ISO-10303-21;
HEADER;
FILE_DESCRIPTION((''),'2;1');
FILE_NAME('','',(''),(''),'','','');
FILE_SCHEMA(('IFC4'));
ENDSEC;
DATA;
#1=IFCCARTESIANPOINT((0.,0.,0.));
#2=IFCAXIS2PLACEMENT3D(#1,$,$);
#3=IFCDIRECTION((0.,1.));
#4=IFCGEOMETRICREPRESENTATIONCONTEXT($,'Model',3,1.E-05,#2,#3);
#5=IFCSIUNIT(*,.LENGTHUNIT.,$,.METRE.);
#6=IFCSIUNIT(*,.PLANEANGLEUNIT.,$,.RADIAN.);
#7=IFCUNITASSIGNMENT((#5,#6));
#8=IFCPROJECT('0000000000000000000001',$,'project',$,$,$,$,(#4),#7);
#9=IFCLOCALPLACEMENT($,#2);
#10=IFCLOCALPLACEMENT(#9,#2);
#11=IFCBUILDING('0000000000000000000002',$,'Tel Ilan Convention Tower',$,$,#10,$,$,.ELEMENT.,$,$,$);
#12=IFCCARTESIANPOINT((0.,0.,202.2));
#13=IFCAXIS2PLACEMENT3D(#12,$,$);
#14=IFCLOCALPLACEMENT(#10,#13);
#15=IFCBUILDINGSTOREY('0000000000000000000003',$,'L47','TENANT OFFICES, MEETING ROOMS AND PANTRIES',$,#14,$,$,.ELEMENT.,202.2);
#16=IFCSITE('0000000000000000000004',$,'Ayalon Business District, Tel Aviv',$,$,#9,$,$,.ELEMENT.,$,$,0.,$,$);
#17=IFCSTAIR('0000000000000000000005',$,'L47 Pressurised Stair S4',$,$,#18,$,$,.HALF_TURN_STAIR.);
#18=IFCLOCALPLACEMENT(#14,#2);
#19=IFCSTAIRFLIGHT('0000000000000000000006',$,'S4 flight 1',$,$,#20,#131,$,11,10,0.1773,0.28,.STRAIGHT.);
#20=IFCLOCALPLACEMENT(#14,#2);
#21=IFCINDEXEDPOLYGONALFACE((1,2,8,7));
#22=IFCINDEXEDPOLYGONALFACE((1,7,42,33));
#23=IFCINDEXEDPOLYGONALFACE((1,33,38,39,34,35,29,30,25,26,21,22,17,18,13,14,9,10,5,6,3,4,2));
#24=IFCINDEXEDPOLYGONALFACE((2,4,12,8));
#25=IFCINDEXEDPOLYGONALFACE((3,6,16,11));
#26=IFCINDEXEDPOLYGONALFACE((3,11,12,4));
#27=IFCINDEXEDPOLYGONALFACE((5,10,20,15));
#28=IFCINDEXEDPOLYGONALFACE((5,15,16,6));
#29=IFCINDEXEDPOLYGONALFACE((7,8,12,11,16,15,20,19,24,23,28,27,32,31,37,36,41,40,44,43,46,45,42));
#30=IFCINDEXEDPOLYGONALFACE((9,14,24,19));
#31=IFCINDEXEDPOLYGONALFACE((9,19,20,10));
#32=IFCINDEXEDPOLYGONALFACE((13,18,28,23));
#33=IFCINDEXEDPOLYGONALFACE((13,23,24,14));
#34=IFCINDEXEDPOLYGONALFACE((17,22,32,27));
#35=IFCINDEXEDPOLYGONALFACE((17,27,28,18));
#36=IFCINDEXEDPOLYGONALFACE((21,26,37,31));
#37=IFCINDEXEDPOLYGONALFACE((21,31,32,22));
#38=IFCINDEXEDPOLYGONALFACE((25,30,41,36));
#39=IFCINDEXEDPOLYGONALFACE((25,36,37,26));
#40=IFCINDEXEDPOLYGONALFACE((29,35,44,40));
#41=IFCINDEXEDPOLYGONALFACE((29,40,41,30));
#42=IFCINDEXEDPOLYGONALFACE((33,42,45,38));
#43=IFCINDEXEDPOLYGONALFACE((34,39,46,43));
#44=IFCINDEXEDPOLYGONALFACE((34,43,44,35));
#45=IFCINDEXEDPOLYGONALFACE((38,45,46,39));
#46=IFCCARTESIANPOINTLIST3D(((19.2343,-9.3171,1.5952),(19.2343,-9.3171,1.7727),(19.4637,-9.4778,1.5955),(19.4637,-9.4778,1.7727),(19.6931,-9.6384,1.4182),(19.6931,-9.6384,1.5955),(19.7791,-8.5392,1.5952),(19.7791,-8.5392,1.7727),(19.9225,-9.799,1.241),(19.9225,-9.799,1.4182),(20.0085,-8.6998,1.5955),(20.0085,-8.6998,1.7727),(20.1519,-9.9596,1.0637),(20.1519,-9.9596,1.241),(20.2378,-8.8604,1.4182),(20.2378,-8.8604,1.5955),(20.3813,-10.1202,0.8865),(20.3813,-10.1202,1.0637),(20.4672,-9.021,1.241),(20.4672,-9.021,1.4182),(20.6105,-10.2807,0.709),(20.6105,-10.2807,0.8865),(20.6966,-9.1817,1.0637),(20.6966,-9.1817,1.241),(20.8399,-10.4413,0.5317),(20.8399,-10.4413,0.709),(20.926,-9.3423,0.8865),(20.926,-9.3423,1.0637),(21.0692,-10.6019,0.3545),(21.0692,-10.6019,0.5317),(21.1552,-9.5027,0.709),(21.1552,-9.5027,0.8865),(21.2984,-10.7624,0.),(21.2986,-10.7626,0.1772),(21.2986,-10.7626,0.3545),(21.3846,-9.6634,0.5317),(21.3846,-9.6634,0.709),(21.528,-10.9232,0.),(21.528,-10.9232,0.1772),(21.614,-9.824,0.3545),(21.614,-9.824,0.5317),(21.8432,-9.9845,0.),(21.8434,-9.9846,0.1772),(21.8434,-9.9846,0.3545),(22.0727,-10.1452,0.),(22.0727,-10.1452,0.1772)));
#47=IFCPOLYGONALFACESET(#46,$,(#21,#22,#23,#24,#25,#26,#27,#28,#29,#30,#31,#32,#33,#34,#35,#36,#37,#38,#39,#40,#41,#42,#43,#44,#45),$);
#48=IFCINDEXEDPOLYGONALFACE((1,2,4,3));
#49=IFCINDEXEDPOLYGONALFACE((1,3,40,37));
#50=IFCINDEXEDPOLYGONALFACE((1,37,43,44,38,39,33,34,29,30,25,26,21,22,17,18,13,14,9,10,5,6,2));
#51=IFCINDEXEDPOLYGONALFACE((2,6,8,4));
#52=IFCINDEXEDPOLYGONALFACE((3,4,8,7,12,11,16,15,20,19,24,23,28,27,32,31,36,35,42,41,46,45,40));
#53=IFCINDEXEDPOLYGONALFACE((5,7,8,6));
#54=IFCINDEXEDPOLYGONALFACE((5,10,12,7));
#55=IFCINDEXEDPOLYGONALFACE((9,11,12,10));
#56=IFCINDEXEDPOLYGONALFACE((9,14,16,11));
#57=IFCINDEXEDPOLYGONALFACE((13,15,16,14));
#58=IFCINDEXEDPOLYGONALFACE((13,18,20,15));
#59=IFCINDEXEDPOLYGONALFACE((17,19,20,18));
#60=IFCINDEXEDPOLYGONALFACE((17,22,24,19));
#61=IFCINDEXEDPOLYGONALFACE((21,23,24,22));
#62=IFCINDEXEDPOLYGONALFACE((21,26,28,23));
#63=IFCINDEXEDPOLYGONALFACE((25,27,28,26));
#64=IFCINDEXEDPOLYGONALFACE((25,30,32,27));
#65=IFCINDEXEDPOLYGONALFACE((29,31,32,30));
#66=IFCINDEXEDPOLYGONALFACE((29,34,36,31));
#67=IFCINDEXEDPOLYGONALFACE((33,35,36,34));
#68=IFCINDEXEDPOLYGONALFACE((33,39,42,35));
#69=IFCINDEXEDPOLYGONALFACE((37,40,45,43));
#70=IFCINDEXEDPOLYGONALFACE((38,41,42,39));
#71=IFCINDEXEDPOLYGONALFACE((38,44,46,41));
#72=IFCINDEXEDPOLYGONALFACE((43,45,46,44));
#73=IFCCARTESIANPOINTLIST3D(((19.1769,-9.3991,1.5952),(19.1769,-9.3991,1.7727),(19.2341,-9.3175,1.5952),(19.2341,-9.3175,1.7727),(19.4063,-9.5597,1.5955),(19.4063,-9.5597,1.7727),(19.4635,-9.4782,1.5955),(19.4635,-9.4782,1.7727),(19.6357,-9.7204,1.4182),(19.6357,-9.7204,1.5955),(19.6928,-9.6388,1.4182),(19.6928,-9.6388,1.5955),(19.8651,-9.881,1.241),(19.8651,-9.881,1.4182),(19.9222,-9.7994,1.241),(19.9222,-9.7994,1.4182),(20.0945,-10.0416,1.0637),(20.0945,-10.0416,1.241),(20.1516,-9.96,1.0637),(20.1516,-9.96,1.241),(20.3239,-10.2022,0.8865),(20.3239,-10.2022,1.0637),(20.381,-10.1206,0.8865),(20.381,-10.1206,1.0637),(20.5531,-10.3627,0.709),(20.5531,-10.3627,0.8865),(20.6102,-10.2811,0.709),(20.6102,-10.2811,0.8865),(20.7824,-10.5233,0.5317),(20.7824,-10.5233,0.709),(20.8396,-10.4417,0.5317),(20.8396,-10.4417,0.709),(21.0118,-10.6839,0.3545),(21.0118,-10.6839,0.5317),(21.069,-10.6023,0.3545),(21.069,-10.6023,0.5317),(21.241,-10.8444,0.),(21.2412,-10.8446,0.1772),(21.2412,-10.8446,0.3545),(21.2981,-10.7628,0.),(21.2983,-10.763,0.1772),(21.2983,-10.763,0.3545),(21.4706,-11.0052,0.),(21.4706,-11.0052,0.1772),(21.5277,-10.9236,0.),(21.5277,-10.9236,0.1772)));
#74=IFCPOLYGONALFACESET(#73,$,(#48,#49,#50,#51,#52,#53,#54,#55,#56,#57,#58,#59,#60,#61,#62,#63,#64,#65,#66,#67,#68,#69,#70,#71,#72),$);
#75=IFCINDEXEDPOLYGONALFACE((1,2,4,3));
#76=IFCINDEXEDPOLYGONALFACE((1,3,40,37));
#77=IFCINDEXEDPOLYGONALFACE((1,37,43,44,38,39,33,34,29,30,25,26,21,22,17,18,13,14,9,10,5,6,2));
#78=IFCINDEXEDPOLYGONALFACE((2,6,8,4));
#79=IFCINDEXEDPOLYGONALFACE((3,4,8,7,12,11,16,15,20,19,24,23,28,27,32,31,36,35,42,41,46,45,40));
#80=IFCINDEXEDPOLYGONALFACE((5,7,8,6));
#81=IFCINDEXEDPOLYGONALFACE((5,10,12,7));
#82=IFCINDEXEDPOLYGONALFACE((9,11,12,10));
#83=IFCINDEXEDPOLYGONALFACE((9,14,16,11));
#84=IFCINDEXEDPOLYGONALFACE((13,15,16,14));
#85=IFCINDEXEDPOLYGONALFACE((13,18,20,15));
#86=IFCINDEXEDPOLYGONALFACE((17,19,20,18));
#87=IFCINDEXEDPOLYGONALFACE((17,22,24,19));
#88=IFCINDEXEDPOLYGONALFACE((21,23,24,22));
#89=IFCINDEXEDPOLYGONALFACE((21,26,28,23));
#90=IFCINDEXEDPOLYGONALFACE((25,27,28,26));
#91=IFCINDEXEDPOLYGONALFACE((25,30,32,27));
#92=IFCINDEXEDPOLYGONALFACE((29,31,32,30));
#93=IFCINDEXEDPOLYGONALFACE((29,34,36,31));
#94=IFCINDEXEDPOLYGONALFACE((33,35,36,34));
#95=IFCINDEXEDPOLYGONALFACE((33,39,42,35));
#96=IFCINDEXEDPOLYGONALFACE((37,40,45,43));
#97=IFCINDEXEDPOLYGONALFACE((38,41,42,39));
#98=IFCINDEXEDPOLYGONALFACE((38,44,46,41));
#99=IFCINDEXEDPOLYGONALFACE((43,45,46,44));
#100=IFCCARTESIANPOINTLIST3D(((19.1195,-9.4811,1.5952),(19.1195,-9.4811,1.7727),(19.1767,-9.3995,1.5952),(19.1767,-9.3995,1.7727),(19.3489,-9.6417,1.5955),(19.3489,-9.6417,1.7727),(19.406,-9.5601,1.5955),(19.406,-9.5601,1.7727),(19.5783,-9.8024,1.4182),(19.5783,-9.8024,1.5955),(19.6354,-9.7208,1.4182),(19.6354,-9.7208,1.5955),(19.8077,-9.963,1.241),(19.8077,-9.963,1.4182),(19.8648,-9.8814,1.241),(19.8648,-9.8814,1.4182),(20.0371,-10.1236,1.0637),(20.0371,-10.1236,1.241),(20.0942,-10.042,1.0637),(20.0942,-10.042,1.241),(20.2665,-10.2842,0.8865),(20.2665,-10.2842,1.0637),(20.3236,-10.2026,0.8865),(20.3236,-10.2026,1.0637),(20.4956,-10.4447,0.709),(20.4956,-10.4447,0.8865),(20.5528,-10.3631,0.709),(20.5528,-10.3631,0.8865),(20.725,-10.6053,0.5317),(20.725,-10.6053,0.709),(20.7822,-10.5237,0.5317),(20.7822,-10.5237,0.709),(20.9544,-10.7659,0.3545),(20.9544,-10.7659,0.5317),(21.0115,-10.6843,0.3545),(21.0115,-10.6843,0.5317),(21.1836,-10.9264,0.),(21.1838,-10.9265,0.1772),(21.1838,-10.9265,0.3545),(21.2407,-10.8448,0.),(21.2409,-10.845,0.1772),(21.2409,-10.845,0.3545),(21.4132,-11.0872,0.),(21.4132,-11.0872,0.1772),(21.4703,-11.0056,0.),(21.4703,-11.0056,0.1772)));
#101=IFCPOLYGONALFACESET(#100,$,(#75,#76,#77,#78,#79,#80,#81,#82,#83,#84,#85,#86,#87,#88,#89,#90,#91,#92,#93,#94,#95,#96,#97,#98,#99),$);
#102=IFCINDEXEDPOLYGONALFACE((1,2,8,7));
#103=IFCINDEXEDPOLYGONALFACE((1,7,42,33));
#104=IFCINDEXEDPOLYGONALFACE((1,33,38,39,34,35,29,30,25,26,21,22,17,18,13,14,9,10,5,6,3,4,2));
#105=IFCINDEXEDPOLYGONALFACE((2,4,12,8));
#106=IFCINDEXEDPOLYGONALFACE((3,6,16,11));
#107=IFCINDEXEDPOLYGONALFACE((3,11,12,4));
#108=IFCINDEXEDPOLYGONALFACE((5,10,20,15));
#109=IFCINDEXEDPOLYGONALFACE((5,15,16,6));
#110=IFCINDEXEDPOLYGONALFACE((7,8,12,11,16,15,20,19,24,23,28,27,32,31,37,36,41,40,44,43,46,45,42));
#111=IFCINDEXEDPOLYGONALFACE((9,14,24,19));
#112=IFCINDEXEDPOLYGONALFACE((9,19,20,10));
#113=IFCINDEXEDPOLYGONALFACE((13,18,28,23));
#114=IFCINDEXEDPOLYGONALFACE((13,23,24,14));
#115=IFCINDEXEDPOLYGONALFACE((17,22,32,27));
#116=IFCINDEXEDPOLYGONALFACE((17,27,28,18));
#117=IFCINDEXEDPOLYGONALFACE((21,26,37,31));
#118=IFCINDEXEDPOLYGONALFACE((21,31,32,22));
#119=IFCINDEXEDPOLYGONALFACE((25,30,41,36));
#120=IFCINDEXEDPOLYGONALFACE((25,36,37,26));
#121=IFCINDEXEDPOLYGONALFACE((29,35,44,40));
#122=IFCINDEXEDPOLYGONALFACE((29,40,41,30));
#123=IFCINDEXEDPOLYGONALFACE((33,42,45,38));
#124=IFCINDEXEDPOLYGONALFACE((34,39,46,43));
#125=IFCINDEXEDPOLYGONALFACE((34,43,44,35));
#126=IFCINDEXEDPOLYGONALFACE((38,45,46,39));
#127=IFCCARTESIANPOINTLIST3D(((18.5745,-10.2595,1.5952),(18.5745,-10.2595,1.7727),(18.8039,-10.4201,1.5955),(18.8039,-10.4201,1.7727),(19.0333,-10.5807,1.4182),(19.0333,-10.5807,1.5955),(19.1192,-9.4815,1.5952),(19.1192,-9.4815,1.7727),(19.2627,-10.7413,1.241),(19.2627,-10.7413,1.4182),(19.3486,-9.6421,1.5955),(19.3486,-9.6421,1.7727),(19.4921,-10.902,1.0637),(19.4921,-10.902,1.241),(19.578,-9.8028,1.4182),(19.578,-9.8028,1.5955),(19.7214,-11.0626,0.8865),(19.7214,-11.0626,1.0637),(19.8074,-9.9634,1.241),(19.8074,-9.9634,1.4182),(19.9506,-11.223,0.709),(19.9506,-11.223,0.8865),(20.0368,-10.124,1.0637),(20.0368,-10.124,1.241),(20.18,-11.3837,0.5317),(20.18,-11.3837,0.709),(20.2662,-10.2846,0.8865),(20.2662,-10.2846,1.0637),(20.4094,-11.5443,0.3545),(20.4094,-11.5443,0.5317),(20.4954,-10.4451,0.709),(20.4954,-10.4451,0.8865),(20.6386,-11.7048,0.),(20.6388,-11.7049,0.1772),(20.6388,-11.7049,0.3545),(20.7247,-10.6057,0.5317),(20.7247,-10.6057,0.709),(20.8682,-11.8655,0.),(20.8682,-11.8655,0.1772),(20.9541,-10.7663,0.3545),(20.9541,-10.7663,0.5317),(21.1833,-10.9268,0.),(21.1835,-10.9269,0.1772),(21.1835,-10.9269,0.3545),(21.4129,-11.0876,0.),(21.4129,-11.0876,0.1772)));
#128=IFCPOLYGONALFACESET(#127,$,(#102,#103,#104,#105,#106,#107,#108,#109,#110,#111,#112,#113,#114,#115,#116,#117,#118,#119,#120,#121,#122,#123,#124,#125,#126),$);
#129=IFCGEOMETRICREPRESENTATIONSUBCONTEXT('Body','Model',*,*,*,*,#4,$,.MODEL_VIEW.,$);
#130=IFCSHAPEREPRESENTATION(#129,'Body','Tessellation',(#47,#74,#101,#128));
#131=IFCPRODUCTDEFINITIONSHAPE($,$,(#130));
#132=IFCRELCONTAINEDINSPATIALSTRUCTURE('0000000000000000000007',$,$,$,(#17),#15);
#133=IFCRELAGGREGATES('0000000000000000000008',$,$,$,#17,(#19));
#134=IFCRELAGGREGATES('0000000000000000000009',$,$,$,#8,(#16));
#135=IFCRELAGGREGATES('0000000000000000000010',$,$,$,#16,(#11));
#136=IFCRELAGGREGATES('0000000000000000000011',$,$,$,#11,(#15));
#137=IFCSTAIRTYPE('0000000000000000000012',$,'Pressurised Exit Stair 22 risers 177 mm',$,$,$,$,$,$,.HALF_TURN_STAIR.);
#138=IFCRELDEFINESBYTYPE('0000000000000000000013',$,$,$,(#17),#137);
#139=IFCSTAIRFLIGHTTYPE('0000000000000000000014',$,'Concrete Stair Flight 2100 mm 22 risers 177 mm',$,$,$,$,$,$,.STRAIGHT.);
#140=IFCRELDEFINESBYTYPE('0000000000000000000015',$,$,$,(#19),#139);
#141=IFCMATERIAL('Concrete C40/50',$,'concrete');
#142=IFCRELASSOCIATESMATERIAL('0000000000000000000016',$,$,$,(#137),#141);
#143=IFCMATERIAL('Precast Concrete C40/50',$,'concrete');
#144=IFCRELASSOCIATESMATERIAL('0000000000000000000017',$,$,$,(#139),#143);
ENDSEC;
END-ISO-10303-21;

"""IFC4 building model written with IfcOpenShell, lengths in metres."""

from ifc_helpers import new_model, si_unit, direction, frame, origin, place, context, subcontext, project, spatial, polyline, outline, extrude, material, type_object, element, aggregate, save


model = new_model("IFC4")

# Units and contexts
model_context = context("Model", 3, precision=1e-05, world=origin(), true_north=direction((0.0, 1.0)))
body_context = subcontext(model_context, "Body", "Model", "MODEL_VIEW")
ifc_project = project(units=[si_unit("LENGTHUNIT", "METRE"), si_unit("PLANEANGLEUNIT", "RADIAN")], contexts=[model_context])

# Site, building, storey
site_placement = place(None, origin())
site = spatial("IfcSite", under=ifc_project, at=site_placement, Name="Ayalon Business District, Tel Aviv", CompositionType="ELEMENT", RefElevation=0.0)
building_placement = place(site_placement, origin())
building = spatial("IfcBuilding", under=site, at=building_placement, Name="Tel Ilan Convention Tower", CompositionType="ELEMENT")
storey_placement = place(building_placement, frame((0.0, 0.0, 202.2)))
storey = spatial("IfcBuildingStorey", under=building, at=storey_placement, Name="L47", Description="TENANT OFFICES, MEETING ROOMS AND PANTRIES", CompositionType="ELEMENT", Elevation=202.2)

# Shared definitions
ifc_material_1 = material(Name="Concrete C40/50", Category="concrete")
stair_type = type_object("IfcStairType", Name="Pressurised Exit Stair 22 risers 177 mm", PredefinedType="HALF_TURN_STAIR", material=ifc_material_1)
ifc_material_2 = material(Name="Precast Concrete C40/50", Category="concrete")
stair_flight_type = type_object("IfcStairFlightType", Name="Concrete Stair Flight 2100 mm 22 risers 177 mm", PredefinedType="STRAIGHT", material=ifc_material_2)

# Stair, stair flight
stair_1_placement = place(storey_placement, origin())
stair_1 = element("IfcStair", 1, at=stair_1_placement, inside=storey, type_object=stair_type, Name="L47 Pressurised Stair S4", PredefinedType="HALF_TURN_STAIR")
stair_flight_1_placement = place(storey_placement, frame((21.4705, -11.0054, 0.0), z_axis=(0.0, 0.0, 1.0), x_axis=(-0.819152, 0.573576, 0.0)))
stair_flight_1 = element("IfcStairFlight", 2, at=stair_flight_1_placement, type_object=stair_flight_type, Name="S4 flight 1", NumberOfRisers=11, NumberOfTreads=10, PredefinedType="STRAIGHT", RiserHeight=0.1773, TreadLength=0.28, context=body_context, shape_type="SweptSolid", body=[
    extrude(outline(polyline([(0.0, 0.0), (0.0, 0.1772), (0.28, 0.1772), (0.28, 0.3545), (0.5601, 0.3545), (0.5601, 0.5317), (0.8401, 0.5317), (0.8401, 0.709), (1.1201, 0.709), (1.1201, 0.8865), (1.3999, 0.8865), (1.3999, 1.0637), (1.6799, 1.0637), (1.6799, 1.241), (1.96, 1.241), (1.96, 1.4182), (2.24, 1.4182), (2.24, 1.5955), (2.52, 1.5955), (2.52, 1.7727), (2.8, 1.7727), (2.8, 1.95), (2.8, 1.5952), (0.2803, 0.0), (0.0, 0.0)])), frame((0.0, -0.1003, 0.0), z_axis=(0.0, -1.0, 0.0), x_axis=(1.0, 0.0, 0.0)), (0.0, 0.0, 1.0), 0.9497),
    extrude(outline(polyline([(0.0, 0.0), (0.0, 0.1772), (0.28, 0.1772), (0.28, 0.3545), (0.5601, 0.3545), (0.5601, 0.5317), (0.8401, 0.5317), (0.8401, 0.709), (1.1201, 0.709), (1.1201, 0.8865), (1.3999, 0.8865), (1.3999, 1.0637), (1.6799, 1.0637), (1.6799, 1.241), (1.96, 1.241), (1.96, 1.4182), (2.24, 1.4182), (2.24, 1.5955), (2.52, 1.5955), (2.52, 1.7727), (2.8, 1.7727), (2.8, 1.95), (2.8, 1.5952), (0.2803, 0.0), (0.0, 0.0)])), frame((0.0, -0.0002, 0.0), z_axis=(0.0, -1.0, 0.0), x_axis=(1.0, 0.0, 0.0)), (0.0, 0.0, 1.0), 0.0996),
    extrude(outline(polyline([(0.0, 0.0), (0.0, 0.1772), (0.28, 0.1772), (0.28, 0.3545), (0.5601, 0.3545), (0.5601, 0.5317), (0.8401, 0.5317), (0.8401, 0.709), (1.1201, 0.709), (1.1201, 0.8865), (1.3999, 0.8865), (1.3999, 1.0637), (1.6799, 1.0637), (1.6799, 1.241), (1.96, 1.241), (1.96, 1.4182), (2.24, 1.4182), (2.24, 1.5955), (2.52, 1.5955), (2.52, 1.7727), (2.8, 1.7727), (2.8, 1.95), (2.8, 1.5952), (0.2803, 0.0), (0.0, 0.0)])), frame((0.0, 0.0999, 0.0), z_axis=(0.0, -1.0, 0.0), x_axis=(1.0, 0.0, 0.0)), (0.0, 0.0, 1.0), 0.0996),
    extrude(outline(polyline([(0.0, 0.0), (0.0, 0.1772), (0.28, 0.1772), (0.28, 0.3545), (0.5601, 0.3545), (0.5601, 0.5317), (0.8401, 0.5317), (0.8401, 0.709), (1.1201, 0.709), (1.1201, 0.8865), (1.3999, 0.8865), (1.3999, 1.0637), (1.6799, 1.0637), (1.6799, 1.241), (1.96, 1.241), (1.96, 1.4182), (2.24, 1.4182), (2.24, 1.5955), (2.52, 1.5955), (2.52, 1.7727), (2.8, 1.7727), (2.8, 1.95), (2.8, 1.5952), (0.2803, 0.0), (0.0, 0.0)])), frame((0.0, 1.05, 0.0), z_axis=(0.0, -1.0, 0.0), x_axis=(1.0, 0.0, 0.0)), (0.0, 0.0, 1.0), 0.9497),
])
aggregate(stair_1, [stair_flight_1])

save(model, "model.ifc")
